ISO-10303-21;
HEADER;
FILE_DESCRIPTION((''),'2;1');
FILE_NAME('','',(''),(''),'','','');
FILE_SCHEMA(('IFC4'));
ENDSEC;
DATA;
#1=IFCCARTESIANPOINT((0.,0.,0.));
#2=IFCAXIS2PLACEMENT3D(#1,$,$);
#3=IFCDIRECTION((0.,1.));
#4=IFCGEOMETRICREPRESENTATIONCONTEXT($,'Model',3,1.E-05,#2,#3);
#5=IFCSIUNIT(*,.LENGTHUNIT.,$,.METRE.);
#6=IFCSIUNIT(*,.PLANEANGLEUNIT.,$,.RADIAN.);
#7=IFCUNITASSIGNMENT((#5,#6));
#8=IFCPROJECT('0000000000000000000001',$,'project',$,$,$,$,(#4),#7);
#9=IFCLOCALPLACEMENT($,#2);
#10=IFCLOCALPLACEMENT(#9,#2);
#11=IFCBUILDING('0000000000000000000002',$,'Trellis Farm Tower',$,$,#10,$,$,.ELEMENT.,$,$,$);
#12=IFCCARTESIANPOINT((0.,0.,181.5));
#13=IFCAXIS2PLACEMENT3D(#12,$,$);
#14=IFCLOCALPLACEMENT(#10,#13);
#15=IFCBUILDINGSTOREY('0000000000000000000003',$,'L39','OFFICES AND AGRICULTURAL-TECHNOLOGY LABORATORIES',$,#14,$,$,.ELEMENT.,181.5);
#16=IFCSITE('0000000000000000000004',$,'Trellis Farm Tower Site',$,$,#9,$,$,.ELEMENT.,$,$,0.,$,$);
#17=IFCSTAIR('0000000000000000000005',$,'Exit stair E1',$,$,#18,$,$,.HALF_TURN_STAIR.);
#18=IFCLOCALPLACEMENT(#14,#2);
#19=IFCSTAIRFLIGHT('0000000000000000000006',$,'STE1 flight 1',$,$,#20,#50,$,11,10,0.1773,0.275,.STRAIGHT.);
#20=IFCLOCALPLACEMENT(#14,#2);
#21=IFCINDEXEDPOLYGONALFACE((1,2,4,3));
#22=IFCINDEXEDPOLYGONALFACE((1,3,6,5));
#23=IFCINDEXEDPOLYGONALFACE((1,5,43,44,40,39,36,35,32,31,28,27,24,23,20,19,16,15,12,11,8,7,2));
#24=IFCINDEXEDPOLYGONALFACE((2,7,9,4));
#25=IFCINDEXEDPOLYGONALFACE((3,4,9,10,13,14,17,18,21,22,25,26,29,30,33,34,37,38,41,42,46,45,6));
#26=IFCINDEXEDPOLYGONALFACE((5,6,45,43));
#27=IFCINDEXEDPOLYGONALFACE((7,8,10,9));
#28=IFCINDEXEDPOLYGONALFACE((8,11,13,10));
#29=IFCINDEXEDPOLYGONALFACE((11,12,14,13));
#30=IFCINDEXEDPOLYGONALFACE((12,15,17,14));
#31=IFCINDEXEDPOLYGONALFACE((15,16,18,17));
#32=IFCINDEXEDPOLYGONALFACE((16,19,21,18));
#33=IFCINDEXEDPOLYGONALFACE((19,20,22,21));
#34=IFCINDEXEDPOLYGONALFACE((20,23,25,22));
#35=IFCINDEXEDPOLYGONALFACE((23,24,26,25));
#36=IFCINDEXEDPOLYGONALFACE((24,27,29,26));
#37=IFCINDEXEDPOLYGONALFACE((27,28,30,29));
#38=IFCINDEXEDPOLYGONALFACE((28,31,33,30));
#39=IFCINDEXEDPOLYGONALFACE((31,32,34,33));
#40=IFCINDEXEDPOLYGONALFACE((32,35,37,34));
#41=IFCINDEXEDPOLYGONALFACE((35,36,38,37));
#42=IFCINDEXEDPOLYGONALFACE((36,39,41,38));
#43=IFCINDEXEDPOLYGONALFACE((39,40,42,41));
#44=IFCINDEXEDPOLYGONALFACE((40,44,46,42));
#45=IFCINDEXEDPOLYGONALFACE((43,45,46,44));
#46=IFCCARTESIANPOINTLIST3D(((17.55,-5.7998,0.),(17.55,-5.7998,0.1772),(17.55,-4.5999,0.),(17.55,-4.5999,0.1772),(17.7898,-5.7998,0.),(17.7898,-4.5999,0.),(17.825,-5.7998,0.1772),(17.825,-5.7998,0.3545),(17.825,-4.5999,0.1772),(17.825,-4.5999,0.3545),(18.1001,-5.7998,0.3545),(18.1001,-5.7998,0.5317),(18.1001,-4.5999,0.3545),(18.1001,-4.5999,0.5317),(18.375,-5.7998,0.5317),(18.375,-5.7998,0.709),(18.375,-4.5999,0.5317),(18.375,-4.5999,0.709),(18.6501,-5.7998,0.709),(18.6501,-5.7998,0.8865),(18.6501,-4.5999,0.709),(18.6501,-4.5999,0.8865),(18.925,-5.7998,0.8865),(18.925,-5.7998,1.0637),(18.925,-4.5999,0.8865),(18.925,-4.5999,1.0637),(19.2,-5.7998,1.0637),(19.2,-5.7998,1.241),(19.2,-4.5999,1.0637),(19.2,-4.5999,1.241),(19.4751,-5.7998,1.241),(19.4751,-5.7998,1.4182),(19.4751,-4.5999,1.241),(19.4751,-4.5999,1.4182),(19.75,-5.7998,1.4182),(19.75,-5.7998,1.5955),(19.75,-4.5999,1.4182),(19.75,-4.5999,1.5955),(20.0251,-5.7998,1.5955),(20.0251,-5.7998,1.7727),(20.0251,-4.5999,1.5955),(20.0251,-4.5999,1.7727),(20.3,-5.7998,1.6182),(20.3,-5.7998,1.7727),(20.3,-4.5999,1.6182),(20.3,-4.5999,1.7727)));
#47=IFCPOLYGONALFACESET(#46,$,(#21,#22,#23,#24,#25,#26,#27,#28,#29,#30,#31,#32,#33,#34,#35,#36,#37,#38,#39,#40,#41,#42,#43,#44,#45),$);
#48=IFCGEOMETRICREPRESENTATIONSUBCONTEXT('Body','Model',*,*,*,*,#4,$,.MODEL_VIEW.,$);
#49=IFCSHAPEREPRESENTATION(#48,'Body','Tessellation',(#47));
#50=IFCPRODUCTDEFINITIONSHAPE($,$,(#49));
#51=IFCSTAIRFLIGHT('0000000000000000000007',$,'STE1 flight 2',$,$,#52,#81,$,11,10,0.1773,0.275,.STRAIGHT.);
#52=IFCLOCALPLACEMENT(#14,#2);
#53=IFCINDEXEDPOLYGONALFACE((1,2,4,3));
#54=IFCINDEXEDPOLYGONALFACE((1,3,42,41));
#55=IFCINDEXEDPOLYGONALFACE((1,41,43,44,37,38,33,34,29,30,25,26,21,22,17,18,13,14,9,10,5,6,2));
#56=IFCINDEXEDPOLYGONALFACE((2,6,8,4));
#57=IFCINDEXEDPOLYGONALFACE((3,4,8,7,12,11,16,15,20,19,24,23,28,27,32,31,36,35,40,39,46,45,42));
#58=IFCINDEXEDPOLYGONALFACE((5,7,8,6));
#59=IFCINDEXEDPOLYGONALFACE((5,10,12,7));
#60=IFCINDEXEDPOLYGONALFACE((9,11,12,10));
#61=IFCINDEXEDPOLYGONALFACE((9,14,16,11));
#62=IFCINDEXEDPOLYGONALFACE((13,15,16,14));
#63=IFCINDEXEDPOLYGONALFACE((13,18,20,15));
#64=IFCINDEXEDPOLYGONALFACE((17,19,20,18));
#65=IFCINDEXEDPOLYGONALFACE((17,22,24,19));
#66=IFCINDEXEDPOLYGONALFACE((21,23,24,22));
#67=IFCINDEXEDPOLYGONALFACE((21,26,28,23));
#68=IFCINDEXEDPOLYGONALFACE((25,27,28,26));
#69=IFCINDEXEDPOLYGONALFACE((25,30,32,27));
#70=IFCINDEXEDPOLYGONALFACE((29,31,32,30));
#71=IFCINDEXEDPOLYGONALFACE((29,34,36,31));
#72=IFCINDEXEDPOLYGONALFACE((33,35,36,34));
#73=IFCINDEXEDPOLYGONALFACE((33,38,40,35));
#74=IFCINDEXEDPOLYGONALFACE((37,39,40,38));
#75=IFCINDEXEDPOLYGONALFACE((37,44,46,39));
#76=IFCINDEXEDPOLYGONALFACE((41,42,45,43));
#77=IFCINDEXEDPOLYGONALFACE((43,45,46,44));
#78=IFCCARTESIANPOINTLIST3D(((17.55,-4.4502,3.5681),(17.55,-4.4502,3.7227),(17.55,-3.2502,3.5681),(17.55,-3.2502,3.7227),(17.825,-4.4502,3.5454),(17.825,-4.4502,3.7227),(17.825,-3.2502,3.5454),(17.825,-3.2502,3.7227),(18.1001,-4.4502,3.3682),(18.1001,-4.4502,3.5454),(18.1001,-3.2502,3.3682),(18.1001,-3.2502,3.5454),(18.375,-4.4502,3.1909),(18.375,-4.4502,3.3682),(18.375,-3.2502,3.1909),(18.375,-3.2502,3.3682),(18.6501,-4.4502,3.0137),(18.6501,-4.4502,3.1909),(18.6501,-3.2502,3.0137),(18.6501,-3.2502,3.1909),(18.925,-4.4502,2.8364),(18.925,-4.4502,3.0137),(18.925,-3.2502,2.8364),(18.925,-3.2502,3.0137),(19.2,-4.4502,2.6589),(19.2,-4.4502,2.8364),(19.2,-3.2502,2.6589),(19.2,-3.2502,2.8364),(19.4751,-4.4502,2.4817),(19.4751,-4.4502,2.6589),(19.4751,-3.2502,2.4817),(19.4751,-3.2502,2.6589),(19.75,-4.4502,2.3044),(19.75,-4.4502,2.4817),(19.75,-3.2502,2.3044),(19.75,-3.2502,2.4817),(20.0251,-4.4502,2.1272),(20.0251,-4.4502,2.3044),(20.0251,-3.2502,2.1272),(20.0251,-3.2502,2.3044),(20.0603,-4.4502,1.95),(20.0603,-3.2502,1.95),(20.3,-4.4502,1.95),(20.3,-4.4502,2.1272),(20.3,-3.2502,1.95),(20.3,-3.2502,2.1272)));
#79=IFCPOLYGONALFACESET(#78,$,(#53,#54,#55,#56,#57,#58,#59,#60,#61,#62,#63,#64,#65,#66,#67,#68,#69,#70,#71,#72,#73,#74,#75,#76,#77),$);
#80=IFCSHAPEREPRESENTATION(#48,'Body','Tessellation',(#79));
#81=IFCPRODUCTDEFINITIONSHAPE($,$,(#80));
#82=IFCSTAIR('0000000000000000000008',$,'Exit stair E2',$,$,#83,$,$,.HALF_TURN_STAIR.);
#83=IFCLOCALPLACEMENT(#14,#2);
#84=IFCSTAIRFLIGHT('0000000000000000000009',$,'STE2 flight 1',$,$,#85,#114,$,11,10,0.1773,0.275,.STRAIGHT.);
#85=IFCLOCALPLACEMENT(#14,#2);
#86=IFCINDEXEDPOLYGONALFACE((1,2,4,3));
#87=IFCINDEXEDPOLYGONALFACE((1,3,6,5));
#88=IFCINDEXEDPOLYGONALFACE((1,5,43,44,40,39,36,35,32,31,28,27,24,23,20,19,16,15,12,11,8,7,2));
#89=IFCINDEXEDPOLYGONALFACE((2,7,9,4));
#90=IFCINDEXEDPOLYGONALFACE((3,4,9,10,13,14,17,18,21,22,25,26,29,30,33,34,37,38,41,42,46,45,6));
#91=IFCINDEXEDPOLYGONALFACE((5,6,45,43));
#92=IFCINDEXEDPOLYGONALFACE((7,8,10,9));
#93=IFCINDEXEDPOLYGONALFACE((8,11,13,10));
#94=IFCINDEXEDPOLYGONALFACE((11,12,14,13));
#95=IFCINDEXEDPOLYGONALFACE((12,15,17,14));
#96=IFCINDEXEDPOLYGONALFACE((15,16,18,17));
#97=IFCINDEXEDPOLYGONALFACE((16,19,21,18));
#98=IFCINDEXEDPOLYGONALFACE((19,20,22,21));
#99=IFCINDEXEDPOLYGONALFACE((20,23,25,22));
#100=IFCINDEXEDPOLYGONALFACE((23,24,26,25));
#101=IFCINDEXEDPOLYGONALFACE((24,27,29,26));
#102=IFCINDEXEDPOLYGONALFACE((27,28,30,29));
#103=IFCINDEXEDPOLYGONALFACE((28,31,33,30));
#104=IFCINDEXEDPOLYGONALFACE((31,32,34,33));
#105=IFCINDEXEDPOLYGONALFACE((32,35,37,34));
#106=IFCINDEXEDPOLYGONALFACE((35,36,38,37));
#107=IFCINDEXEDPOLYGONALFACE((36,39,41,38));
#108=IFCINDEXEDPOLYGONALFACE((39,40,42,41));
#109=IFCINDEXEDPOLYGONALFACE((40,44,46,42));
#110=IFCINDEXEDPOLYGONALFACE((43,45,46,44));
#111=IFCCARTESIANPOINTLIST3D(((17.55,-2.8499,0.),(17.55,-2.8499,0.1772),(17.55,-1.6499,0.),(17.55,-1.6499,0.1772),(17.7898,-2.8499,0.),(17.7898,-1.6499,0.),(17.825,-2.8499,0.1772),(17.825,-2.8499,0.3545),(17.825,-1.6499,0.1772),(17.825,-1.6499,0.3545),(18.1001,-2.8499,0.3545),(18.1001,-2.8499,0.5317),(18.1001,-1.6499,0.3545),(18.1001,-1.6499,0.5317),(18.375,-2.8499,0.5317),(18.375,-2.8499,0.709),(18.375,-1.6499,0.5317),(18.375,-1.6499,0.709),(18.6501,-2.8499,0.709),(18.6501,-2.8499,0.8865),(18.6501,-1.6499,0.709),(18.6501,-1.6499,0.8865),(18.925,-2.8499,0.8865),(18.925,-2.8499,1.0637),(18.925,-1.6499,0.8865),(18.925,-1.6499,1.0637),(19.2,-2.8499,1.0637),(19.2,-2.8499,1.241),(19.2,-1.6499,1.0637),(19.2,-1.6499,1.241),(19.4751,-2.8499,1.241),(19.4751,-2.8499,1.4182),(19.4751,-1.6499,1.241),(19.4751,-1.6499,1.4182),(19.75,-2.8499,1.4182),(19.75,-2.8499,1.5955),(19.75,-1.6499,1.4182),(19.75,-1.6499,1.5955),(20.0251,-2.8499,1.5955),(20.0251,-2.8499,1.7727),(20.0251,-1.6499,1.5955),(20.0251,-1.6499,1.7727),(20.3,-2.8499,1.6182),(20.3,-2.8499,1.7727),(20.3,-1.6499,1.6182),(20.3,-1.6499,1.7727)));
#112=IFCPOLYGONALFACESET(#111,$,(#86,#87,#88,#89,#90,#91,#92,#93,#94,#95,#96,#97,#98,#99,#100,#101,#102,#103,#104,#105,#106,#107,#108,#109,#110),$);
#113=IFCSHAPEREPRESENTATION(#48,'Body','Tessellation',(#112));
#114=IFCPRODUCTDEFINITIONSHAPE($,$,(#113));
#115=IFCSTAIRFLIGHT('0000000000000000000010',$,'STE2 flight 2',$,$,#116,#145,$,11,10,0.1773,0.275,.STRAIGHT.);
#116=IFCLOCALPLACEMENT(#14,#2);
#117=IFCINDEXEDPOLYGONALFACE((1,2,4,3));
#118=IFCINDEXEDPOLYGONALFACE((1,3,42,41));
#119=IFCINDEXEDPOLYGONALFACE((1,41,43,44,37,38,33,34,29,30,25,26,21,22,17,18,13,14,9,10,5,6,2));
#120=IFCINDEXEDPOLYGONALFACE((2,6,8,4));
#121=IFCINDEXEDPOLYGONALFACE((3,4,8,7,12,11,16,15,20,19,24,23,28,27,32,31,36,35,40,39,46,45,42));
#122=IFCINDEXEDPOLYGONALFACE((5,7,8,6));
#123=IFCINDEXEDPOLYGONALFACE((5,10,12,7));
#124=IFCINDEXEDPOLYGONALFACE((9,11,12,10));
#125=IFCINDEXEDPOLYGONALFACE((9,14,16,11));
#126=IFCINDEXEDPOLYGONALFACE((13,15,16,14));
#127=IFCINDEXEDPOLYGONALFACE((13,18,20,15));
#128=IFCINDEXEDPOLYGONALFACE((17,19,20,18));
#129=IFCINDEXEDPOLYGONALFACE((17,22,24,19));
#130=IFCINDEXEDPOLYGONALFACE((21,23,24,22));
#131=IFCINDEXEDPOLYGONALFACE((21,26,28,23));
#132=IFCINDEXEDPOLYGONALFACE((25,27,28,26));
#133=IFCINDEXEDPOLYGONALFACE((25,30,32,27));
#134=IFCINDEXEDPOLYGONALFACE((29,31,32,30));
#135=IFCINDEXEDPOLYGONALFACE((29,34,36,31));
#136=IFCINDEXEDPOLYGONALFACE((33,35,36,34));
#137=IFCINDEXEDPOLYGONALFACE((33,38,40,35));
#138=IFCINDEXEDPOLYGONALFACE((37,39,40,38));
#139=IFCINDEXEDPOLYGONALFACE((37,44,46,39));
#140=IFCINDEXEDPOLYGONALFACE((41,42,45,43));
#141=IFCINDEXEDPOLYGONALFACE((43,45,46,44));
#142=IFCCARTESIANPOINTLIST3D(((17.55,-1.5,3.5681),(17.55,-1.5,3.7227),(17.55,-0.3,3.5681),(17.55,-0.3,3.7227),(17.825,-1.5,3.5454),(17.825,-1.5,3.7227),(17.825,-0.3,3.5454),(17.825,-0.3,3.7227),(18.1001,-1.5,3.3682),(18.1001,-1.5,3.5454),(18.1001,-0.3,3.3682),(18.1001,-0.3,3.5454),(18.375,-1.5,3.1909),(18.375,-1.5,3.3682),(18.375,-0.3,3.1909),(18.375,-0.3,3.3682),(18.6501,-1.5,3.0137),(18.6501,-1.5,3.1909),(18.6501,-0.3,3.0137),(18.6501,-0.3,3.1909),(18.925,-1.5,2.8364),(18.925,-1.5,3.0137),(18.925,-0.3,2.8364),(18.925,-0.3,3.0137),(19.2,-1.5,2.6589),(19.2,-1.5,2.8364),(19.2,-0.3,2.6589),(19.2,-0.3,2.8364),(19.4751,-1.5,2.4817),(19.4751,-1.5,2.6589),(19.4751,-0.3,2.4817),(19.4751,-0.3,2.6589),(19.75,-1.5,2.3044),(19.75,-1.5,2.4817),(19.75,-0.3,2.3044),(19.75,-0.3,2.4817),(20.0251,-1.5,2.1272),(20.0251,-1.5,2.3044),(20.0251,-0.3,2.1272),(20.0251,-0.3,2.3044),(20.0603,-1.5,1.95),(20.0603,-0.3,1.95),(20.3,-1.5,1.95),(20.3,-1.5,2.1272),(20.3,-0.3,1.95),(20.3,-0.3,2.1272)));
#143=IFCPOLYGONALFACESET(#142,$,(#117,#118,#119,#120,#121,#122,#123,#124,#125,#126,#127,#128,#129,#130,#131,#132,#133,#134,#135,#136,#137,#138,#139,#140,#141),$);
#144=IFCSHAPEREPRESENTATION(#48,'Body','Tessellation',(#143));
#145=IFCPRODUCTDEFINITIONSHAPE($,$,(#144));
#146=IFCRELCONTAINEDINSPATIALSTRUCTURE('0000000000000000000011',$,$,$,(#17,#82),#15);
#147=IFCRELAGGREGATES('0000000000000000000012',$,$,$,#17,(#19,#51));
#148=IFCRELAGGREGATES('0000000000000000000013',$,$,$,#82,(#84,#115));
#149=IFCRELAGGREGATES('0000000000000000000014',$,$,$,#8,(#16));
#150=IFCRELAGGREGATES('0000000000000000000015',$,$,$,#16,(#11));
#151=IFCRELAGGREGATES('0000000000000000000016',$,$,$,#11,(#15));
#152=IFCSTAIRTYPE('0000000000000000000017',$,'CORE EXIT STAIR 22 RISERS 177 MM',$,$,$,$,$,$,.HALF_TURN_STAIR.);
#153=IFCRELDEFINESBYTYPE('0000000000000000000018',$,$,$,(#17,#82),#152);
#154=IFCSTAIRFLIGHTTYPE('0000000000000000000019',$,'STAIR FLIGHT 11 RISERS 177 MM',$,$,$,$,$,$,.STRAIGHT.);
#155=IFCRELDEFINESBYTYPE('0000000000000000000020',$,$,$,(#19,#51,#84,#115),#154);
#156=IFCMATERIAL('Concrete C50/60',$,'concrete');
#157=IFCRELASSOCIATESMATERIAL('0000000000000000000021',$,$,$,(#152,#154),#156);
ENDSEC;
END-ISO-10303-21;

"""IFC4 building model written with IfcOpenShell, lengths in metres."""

from ifc_helpers import new_model, si_unit, direction, frame, origin, place, context, subcontext, project, spatial, polyline, outline, extrude, source, transform, mapped, material, type_object, element, aggregate, save


model = new_model("IFC4")

# Units and contexts
model_context = context("Model", 3, precision=1e-05, world=origin(), true_north=direction((0.0, 1.0)))
body_context = subcontext(model_context, "Body", "Model", "MODEL_VIEW")
ifc_project = project(units=[si_unit("LENGTHUNIT", "METRE"), si_unit("PLANEANGLEUNIT", "RADIAN")], contexts=[model_context])

# Site, building, storey
site_placement = place(None, origin())
site = spatial("IfcSite", under=ifc_project, at=site_placement, Name="Trellis Farm Tower Site", CompositionType="ELEMENT", RefElevation=0.0)
building_placement = place(site_placement, origin())
building = spatial("IfcBuilding", under=site, at=building_placement, Name="Trellis Farm Tower", CompositionType="ELEMENT")
storey_placement = place(building_placement, frame((0.0, 0.0, 181.5)))
storey = spatial("IfcBuildingStorey", under=building, at=storey_placement, Name="L39", Description="OFFICES AND AGRICULTURAL-TECHNOLOGY LABORATORIES", CompositionType="ELEMENT", Elevation=181.5)

# Shared definitions
placement = place(storey_placement, origin())

# Stairs, stair flights
ifc_material_1 = material(Name="Concrete C50/60", Category="concrete")
stair_type = type_object("IfcStairType", Name="CORE EXIT STAIR 22 RISERS 177 MM", PredefinedType="HALF_TURN_STAIR", material=ifc_material_1)
stair_1 = element("IfcStair", 1, at=placement, inside=storey, type_object=stair_type, Name="Exit stair E1", PredefinedType="HALF_TURN_STAIR")
stair_flight_type = type_object("IfcStairFlightType", Name="STAIR FLIGHT 11 RISERS 177 MM", PredefinedType="STRAIGHT", material=ifc_material_1)
shared_shape_1 = source(origin(), body_context, "Body", "SweptSolid", [
    extrude(outline(polyline([(0.0, 0.0), (0.0, 0.1772), (0.2749, 0.1772), (0.2749, 0.3545), (0.55, 0.3545), (0.55, 0.5317), (0.825, 0.5317), (0.825, 0.709), (1.1001, 0.709), (1.1001, 0.8865), (1.375, 0.8865), (1.375, 1.0637), (1.6499, 1.0637), (1.6499, 1.241), (1.925, 1.241), (1.925, 1.4182), (2.2, 1.4182), (2.2, 1.5955), (2.4751, 1.5955), (2.4751, 1.7727), (2.75, 1.7727), (2.75, 1.95), (2.75, 1.6182), (0.2397, 0.0), (0.0, 0.0)])), frame((0.0, 0.6001, 0.0), z_axis=(0.0, -1.0, 0.0), x_axis=(1.0, 0.0, 0.0)), (0.0, 0.0, 1.0), 1.2),
])
stair_flight_1_placement = place(storey_placement, frame((17.55, -5.2, 0.0), z_axis=(0.0, 0.0, 1.0), x_axis=(1.0, 0.0, 0.0)))
stair_flight_1 = element("IfcStairFlight", 2, at=stair_flight_1_placement, type_object=stair_flight_type, Name="STE1 flight 1", NumberOfRisers=11, NumberOfTreads=10, PredefinedType="STRAIGHT", RiserHeight=0.1773, TreadLength=0.275, context=body_context, shape_type="MappedRepresentation", body=[
    mapped(shared_shape_1, transform((0.0, 0.0, 0.0))),
])
stair_flight_2_placement = place(storey_placement, frame((20.3, -3.8501, 1.95), z_axis=(0.0, 0.0, 1.0), x_axis=(-1.0, 0.0, 0.0)))
stair_flight_2 = element("IfcStairFlight", 3, at=stair_flight_2_placement, type_object=stair_flight_type, Name="STE1 flight 2", NumberOfRisers=11, NumberOfTreads=10, PredefinedType="STRAIGHT", RiserHeight=0.1773, TreadLength=0.275, context=body_context, shape_type="MappedRepresentation", body=[
    mapped(shared_shape_1, transform((0.0, 0.0, 0.0))),
])
aggregate(stair_1, [stair_flight_1, stair_flight_2])
stair_2 = element("IfcStair", 4, at=placement, inside=storey, type_object=stair_type, Name="Exit stair E2", PredefinedType="HALF_TURN_STAIR")
stair_flight_3_placement = place(storey_placement, frame((17.55, -2.25, 0.0), z_axis=(0.0, 0.0, 1.0), x_axis=(1.0, 0.0, 0.0)))
stair_flight_3 = element("IfcStairFlight", 5, at=stair_flight_3_placement, type_object=stair_flight_type, Name="STE2 flight 1", NumberOfRisers=11, NumberOfTreads=10, PredefinedType="STRAIGHT", RiserHeight=0.1773, TreadLength=0.275, context=body_context, shape_type="MappedRepresentation", body=[
    mapped(shared_shape_1, transform((0.0, 0.0, 0.0))),
])
stair_flight_4_placement = place(storey_placement, frame((20.3, -0.8999, 1.95), z_axis=(0.0, 0.0, 1.0), x_axis=(-1.0, 0.0, 0.0)))
stair_flight_4 = element("IfcStairFlight", 6, at=stair_flight_4_placement, type_object=stair_flight_type, Name="STE2 flight 2", NumberOfRisers=11, NumberOfTreads=10, PredefinedType="STRAIGHT", RiserHeight=0.1773, TreadLength=0.275, context=body_context, shape_type="MappedRepresentation", body=[
    mapped(shared_shape_1, transform((0.0, 0.0, 0.0))),
])
aggregate(stair_2, [stair_flight_3, stair_flight_4])

save(model, "model.ifc")
